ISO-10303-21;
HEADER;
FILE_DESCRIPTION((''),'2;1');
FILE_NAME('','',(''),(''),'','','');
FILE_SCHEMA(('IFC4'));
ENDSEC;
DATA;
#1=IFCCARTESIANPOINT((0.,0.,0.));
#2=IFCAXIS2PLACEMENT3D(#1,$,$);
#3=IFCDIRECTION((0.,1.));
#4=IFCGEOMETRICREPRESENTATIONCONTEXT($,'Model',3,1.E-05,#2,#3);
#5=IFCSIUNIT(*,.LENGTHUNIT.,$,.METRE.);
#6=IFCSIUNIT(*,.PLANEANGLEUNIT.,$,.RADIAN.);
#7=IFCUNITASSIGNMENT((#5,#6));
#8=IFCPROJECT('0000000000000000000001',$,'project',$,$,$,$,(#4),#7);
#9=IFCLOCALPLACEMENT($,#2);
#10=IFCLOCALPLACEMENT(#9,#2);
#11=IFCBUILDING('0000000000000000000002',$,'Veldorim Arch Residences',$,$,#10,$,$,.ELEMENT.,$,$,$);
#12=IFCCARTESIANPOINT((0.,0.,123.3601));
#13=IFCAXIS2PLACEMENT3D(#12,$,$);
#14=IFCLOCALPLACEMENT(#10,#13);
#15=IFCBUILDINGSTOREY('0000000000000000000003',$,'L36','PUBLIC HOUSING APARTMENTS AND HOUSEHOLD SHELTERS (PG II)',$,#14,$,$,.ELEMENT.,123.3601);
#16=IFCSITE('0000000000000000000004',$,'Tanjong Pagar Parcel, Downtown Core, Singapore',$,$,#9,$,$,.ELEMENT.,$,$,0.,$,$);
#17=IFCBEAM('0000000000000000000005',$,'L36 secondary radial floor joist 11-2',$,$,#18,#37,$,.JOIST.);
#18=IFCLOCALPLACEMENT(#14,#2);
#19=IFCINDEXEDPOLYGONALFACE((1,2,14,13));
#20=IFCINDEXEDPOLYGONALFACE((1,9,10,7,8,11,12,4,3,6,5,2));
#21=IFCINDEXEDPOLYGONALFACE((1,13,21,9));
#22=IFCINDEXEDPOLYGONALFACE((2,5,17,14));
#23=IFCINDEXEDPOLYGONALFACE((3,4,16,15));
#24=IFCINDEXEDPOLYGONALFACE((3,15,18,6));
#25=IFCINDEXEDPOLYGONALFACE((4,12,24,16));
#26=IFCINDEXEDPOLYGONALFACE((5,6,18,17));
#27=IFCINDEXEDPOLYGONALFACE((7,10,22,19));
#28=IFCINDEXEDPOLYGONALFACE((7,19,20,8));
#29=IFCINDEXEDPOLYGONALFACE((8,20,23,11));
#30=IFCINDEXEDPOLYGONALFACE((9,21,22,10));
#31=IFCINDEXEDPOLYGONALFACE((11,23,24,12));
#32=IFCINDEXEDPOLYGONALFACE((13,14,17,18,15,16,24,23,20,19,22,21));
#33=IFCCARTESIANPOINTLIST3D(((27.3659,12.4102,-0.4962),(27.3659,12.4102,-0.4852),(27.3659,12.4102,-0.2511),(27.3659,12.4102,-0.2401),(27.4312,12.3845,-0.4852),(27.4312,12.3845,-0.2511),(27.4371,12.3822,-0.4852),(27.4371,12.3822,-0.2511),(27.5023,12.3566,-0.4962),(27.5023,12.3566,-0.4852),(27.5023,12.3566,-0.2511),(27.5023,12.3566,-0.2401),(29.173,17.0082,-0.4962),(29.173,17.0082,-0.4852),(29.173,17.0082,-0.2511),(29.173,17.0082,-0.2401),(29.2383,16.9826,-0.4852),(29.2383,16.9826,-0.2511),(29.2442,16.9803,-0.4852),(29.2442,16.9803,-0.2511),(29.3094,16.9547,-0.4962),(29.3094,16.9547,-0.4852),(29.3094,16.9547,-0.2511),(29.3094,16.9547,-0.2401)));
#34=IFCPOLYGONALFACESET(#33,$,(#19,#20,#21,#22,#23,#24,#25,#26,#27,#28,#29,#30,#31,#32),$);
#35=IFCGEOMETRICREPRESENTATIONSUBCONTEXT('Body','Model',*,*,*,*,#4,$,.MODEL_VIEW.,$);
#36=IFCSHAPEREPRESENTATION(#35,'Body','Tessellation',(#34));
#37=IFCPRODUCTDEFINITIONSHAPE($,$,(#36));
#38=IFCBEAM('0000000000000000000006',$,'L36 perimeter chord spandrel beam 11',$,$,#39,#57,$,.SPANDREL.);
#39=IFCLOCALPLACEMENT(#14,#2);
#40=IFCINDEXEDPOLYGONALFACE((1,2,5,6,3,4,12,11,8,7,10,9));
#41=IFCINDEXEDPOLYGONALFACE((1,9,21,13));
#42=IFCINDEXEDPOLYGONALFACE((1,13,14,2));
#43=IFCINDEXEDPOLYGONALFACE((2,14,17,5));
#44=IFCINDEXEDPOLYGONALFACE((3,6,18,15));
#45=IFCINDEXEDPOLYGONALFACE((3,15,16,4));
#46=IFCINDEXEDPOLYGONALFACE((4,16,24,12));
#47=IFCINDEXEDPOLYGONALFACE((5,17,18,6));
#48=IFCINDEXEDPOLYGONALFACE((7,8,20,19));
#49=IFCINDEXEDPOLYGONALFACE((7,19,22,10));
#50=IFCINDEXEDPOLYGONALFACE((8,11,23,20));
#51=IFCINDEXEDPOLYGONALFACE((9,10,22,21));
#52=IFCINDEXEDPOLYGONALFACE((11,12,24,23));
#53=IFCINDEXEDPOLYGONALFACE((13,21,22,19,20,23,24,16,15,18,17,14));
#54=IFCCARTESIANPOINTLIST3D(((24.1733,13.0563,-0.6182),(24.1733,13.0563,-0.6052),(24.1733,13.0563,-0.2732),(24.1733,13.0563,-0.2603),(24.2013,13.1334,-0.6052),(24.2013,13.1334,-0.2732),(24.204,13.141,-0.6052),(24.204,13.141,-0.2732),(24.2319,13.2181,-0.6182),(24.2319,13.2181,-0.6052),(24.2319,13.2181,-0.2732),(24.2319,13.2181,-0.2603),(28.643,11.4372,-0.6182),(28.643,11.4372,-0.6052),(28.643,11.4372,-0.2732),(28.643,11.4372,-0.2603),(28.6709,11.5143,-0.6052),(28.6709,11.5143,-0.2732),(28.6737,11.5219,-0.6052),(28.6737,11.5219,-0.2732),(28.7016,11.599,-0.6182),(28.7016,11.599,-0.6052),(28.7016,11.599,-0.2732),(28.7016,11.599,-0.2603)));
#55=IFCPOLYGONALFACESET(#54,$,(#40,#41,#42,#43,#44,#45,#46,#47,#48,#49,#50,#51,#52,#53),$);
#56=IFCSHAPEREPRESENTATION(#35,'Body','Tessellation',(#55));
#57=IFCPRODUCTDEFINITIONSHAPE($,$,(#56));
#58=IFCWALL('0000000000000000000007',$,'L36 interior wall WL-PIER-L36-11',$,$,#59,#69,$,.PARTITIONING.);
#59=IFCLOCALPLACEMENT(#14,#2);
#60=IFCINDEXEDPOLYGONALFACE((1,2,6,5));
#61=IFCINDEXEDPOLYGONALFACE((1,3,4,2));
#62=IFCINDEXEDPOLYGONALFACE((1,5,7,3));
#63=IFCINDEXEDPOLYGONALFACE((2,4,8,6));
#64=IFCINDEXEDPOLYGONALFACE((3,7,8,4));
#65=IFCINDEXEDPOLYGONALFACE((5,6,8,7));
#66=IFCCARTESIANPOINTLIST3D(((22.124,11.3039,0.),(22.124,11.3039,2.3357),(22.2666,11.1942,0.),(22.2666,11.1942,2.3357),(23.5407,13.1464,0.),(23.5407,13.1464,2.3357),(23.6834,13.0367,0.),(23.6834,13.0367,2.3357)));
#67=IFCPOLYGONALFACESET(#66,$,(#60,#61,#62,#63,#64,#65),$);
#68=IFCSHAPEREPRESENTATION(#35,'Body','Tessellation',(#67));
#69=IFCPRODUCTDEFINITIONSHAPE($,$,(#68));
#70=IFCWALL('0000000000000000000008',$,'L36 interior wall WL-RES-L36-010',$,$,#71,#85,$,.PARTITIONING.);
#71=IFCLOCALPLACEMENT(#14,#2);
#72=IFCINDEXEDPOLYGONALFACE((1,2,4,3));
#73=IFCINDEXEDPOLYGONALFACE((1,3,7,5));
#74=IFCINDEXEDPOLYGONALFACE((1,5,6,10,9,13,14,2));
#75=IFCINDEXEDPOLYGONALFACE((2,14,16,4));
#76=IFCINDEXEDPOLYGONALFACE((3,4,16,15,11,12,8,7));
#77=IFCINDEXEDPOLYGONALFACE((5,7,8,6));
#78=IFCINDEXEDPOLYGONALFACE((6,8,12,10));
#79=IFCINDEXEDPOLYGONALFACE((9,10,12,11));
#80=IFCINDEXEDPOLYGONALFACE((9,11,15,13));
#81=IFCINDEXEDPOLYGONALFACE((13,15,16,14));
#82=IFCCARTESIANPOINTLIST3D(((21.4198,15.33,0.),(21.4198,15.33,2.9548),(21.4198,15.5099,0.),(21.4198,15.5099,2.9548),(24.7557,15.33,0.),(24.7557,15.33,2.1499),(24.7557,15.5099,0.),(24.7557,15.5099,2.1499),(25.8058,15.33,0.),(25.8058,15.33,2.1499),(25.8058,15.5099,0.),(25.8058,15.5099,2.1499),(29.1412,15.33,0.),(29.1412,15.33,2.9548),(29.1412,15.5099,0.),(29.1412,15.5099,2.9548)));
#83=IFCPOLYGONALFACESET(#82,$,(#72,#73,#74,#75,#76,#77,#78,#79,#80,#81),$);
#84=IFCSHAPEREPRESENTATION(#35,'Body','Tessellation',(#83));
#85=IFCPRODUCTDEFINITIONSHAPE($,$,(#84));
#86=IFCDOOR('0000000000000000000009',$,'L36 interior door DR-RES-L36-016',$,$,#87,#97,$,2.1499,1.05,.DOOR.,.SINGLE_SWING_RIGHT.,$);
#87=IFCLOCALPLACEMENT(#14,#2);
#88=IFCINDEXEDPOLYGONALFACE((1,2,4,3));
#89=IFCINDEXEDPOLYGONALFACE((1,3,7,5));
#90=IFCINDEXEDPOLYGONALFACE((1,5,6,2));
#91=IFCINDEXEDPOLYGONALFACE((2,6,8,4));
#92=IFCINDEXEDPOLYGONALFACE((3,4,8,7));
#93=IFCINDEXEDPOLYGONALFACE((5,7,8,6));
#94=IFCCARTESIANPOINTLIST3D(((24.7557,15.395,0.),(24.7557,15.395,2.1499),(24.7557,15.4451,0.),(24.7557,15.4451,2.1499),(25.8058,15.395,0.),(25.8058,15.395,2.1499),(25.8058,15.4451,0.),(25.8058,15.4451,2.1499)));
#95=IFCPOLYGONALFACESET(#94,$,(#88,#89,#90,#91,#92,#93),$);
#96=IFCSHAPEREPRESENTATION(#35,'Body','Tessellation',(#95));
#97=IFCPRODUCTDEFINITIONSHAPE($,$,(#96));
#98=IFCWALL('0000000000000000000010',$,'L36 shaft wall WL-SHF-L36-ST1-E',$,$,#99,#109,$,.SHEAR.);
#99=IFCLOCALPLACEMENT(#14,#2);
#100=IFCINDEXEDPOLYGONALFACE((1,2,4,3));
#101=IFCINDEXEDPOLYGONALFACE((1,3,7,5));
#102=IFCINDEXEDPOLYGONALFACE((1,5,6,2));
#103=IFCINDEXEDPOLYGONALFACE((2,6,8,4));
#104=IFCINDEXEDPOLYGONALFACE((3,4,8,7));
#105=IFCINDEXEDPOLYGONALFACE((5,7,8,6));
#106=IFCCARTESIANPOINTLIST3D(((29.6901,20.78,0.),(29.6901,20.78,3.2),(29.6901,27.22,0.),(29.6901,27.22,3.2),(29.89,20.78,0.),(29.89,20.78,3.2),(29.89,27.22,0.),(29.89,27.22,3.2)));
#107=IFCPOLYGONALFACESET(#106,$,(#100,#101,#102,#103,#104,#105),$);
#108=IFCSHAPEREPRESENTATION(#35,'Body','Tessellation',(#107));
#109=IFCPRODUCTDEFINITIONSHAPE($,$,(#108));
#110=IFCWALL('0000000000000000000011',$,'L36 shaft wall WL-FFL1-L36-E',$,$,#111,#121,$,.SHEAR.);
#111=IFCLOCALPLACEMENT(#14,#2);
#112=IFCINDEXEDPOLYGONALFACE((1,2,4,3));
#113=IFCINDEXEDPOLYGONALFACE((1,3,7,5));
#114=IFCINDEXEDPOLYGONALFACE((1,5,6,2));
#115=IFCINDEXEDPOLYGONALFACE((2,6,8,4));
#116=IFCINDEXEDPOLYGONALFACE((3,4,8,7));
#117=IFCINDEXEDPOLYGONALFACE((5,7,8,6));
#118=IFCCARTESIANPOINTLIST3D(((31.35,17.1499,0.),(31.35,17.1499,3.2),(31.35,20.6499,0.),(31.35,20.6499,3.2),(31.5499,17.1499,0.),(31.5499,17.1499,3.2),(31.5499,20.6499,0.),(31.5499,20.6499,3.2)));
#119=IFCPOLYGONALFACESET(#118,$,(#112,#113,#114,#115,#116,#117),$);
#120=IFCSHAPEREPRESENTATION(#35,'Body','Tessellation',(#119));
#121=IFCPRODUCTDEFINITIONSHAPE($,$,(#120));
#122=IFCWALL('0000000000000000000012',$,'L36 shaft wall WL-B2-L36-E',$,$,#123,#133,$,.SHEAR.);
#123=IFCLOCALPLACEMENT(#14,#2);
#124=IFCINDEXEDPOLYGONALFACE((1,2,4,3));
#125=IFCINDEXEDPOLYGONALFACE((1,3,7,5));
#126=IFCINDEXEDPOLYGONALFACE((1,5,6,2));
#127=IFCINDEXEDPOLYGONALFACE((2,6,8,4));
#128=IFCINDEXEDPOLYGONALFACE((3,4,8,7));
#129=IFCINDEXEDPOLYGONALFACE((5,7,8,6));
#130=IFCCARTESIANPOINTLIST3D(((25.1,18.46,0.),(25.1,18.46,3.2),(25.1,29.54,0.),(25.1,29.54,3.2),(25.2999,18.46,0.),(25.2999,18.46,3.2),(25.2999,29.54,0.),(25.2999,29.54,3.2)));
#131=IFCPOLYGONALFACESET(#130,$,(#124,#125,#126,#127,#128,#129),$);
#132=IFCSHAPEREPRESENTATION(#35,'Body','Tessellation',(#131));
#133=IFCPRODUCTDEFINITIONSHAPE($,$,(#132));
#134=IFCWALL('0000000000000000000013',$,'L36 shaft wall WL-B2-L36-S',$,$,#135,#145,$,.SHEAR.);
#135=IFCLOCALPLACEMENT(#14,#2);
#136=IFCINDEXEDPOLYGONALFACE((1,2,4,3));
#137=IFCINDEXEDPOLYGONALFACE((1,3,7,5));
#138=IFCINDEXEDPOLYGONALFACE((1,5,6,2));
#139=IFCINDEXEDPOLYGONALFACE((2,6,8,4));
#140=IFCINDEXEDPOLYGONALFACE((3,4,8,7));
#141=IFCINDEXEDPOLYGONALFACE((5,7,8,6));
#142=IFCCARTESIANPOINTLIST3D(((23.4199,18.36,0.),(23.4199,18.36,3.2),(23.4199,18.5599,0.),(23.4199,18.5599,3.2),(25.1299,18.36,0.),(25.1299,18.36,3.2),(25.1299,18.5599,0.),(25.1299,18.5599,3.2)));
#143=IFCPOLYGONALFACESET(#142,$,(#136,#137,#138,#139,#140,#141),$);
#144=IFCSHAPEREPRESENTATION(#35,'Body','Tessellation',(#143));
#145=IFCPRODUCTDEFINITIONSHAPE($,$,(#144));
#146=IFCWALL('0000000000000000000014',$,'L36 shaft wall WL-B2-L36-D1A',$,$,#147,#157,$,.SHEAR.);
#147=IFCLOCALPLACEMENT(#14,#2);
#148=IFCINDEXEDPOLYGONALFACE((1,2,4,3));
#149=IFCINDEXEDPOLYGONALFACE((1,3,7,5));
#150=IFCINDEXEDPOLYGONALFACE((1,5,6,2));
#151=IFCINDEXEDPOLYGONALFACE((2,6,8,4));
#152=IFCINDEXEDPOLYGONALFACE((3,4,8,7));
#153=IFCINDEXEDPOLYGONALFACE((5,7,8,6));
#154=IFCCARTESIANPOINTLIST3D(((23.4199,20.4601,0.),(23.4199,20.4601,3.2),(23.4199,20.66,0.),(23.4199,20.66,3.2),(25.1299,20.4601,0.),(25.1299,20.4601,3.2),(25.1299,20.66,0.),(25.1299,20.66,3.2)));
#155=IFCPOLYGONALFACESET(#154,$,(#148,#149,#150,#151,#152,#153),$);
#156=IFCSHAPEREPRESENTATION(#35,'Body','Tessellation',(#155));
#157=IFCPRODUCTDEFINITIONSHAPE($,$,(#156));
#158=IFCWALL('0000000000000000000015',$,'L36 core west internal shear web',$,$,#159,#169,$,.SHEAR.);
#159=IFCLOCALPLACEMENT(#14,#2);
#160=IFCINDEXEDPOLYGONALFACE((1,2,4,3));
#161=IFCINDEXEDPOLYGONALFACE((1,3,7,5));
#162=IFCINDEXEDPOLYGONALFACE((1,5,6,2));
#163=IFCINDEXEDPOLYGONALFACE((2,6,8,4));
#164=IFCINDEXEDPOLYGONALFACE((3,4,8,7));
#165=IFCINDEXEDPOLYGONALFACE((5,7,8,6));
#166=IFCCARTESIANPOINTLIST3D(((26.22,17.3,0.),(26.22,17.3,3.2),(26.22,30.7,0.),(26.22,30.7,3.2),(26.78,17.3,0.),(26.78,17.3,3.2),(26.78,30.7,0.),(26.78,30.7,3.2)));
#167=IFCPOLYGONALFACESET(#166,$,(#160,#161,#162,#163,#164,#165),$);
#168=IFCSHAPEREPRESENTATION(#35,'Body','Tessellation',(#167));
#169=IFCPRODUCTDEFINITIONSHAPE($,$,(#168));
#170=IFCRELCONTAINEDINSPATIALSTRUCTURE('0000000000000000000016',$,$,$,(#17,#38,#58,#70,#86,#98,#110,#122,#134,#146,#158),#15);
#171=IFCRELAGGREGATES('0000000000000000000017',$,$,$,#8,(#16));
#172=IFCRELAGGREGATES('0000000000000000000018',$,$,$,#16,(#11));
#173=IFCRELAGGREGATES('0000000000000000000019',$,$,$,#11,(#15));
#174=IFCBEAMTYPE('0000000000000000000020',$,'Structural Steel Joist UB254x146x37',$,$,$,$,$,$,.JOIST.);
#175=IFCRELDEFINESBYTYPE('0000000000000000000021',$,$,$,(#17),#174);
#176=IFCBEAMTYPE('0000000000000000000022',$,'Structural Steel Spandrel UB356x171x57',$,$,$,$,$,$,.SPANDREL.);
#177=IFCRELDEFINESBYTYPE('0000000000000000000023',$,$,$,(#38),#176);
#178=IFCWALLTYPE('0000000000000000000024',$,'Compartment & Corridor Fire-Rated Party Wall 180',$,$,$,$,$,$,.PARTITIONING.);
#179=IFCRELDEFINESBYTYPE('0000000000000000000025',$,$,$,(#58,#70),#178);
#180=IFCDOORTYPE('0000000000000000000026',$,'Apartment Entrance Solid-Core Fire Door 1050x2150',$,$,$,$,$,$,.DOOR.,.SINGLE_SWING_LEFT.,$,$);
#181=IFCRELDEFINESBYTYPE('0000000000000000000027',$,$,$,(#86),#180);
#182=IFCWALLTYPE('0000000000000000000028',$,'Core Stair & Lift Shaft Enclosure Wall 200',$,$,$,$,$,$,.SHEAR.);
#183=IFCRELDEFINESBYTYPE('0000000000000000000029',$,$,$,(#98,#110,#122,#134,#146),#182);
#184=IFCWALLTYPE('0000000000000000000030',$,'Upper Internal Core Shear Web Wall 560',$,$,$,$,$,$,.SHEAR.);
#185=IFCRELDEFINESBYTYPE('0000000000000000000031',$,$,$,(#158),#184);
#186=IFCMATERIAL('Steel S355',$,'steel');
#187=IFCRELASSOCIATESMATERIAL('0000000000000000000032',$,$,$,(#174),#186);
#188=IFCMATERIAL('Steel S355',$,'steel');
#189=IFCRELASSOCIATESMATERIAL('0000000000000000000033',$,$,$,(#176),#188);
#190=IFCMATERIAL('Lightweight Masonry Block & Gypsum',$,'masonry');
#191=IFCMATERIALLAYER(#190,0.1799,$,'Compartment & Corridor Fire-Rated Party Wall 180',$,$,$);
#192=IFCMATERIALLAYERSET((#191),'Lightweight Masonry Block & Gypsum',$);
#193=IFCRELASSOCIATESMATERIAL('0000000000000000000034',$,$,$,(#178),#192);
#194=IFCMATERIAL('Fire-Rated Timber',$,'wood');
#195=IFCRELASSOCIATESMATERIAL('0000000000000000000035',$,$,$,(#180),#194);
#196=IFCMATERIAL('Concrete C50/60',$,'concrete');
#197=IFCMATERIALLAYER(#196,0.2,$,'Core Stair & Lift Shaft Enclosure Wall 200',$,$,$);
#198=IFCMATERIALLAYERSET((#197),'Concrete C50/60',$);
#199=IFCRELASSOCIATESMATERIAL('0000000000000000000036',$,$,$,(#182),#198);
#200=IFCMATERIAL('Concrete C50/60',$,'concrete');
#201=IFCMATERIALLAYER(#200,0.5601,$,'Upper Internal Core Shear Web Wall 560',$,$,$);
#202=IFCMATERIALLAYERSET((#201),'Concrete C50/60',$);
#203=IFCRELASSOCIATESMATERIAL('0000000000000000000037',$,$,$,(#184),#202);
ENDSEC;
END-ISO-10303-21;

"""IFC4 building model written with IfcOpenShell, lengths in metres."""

from ifc_helpers import new_model, si_unit, direction, frame, frame_2d, origin, origin_2d, place, context, subcontext, project, spatial, rectangle, i_section, extrude, material, layer, layer_set, material_profile, profile_set, type_object, element, fill, save


model = new_model("IFC4")

# Units and contexts
model_context = context("Model", 3, precision=1e-05, world=origin(), true_north=direction((0.0, 1.0)))
body_context = subcontext(model_context, "Body", "Model", "MODEL_VIEW")
ifc_project = project(units=[si_unit("LENGTHUNIT", "METRE"), si_unit("PLANEANGLEUNIT", "RADIAN")], contexts=[model_context])

# Site, building, storey
site_placement = place(None, origin())
site = spatial("IfcSite", under=ifc_project, at=site_placement, Name="Tanjong Pagar Parcel, Downtown Core, Singapore", CompositionType="ELEMENT", RefElevation=0.0)
building_placement = place(site_placement, origin())
building = spatial("IfcBuilding", under=site, at=building_placement, Name="Veldorim Arch Residences", CompositionType="ELEMENT")
storey_placement = place(building_placement, frame((0.0, 0.0, 123.3601)))
storey = spatial("IfcBuildingStorey", under=building, at=storey_placement, Name="L36", Description="PUBLIC HOUSING APARTMENTS AND HOUSEHOLD SHELTERS (PG II)", CompositionType="ELEMENT", Elevation=123.3601)

# Beams
ifc_material_1 = material(Name="Steel S355", Category="steel")
ifc_material_profile_1 = material_profile(ifc_material_1, i_section(OverallWidth=0.1465, OverallDepth=0.2561, WebThickness=0.0063, FlangeThickness=0.011, at=origin_2d()), Name="UB254x146x37")
ifc_profile_set_1 = profile_set([ifc_material_profile_1], Name="Steel S355")
beam_type_1 = type_object("IfcBeamType", Name="Structural Steel Joist UB254x146x37", PredefinedType="JOIST", material=ifc_profile_set_1)
beam_1_placement = place(storey_placement, frame((29.2412, 16.9814, -0.3682), z_axis=(-0.365778, -0.930702, 0.0), x_axis=(0.930702, -0.365778, 0.0)))
element("IfcBeam", 1, at=beam_1_placement, inside=storey, type_object=beam_type_1, Name="L36 secondary radial floor joist 11-2", PredefinedType="JOIST", context=body_context, shape_type="SweptSolid", body=[
    extrude(i_section(OverallWidth=0.1465, OverallDepth=0.2561, WebThickness=0.0063, FlangeThickness=0.011, at=origin_2d()), origin(), (0.0, 0.0, 1.0), 4.9404),
])
ifc_material_2 = material(Name="Steel S355", Category="steel")
ifc_material_profile_2 = material_profile(ifc_material_2, i_section(OverallWidth=0.1721, OverallDepth=0.3579, WebThickness=0.0081, FlangeThickness=0.0129, at=origin_2d()), Name="UB356x171x57")
ifc_profile_set_2 = profile_set([ifc_material_profile_2], Name="Steel S355")
beam_type_2 = type_object("IfcBeamType", Name="Structural Steel Spandrel UB356x171x57", PredefinedType="SPANDREL", material=ifc_profile_set_2)
beam_2_placement = place(storey_placement, frame((24.2026, 13.1372, -0.4392), z_axis=(0.940213, -0.340588, 0.0), x_axis=(0.340588, 0.940213, 0.0)))
element("IfcBeam", 2, at=beam_2_placement, inside=storey, type_object=beam_type_2, Name="L36 perimeter chord spandrel beam 11", PredefinedType="SPANDREL", context=body_context, shape_type="SweptSolid", body=[
    extrude(i_section(OverallWidth=0.1721, OverallDepth=0.3579, WebThickness=0.0081, FlangeThickness=0.0129, at=origin_2d()), origin(), (0.0, 0.0, 1.0), 4.7539),
])

# Wall
ifc_material_3 = material(Name="Lightweight Masonry Block & Gypsum", Category="masonry")
ifc_layer_1 = layer(ifc_material_3, 0.1799, Name="Compartment & Corridor Fire-Rated Party Wall 180")
ifc_layer_set_1 = layer_set([ifc_layer_1], Name="Lightweight Masonry Block & Gypsum")
wall_type_1 = type_object("IfcWallType", Name="Compartment & Corridor Fire-Rated Party Wall 180", PredefinedType="PARTITIONING", material=ifc_layer_set_1)
wall_1_placement = place(storey_placement, frame((23.6121, 13.0916, 0.0), z_axis=(0.0, 0.0, 1.0), x_axis=(-0.609553, -0.792745, 0.0)))
element("IfcWall", 3, at=wall_1_placement, inside=storey, type_object=wall_type_1, Name="L36 interior wall WL-PIER-L36-11", PredefinedType="PARTITIONING", context=body_context, shape_type="SweptSolid", body=[
    extrude(rectangle(XDim=2.3242, YDim=0.1799, at=frame_2d((1.1621, 0.0))), origin(), (0.0, 0.0, 1.0), 2.3357),
])

# Wall, opening, door
wall_2_placement = place(storey_placement, frame((29.1414, 15.4199, 0.0), z_axis=(0.0, 0.0, 1.0), x_axis=(-1.0, 0.0, 0.0)))
wall_2 = element("IfcWall", 4, at=wall_2_placement, inside=storey, type_object=wall_type_1, Name="L36 interior wall WL-RES-L36-010", PredefinedType="PARTITIONING", context=body_context, shape_type="SweptSolid", body=[
    extrude(rectangle(XDim=7.7214, YDim=0.1799, at=frame_2d((3.8608, 0.0))), origin(), (0.0, 0.0, 1.0), 2.9548),
])
opening_1_placement = place(wall_2_placement, frame((3.3357, 0.0, 0.0)))
opening_1 = element("IfcOpeningElement", 5, at=opening_1_placement, cuts=wall_2, PredefinedType="OPENING", context=body_context, shape_type="SweptSolid", body=[
    extrude(rectangle(XDim=1.05, YDim=2.1499, at=frame_2d((0.5249, 1.075))), frame((0.0, 0.0999, 0.0), z_axis=(0.0, -1.0, 0.0), x_axis=(1.0, 0.0, 0.0)), (0.0, 0.0, 1.0), 0.2),
])
ifc_material_4 = material(Name="Fire-Rated Timber", Category="wood")
door_type_1 = type_object("IfcDoorType", Name="Apartment Entrance Solid-Core Fire Door 1050x2150", OperationType="SINGLE_SWING_LEFT", PredefinedType="DOOR", material=ifc_material_4)
door_1_placement = place(opening_1_placement, origin())
door_1 = element("IfcDoor", 6, at=door_1_placement, inside=storey, type_object=door_type_1, Name="L36 interior door DR-RES-L36-016", OperationType="SINGLE_SWING_RIGHT", OverallHeight=2.1499, OverallWidth=1.05, PredefinedType="DOOR", context=body_context, shape_type="SweptSolid", body=[
    extrude(rectangle(XDim=1.05, YDim=2.1499, at=frame_2d((0.5249, 1.075))), frame((0.0, 0.0249, 0.0), z_axis=(0.0, -1.0, 0.0), x_axis=(1.0, 0.0, 0.0)), (0.0, 0.0, 1.0), 0.05),
])
fill(opening_1, door_1)

# Wall
ifc_material_5 = material(Name="Concrete C50/60", Category="concrete")
ifc_layer_2 = layer(ifc_material_5, 0.2, Name="Core Stair & Lift Shaft Enclosure Wall 200")
ifc_layer_set_2 = layer_set([ifc_layer_2], Name="Concrete C50/60")
wall_type_2 = type_object("IfcWallType", Name="Core Stair & Lift Shaft Enclosure Wall 200", PredefinedType="SHEAR", material=ifc_layer_set_2)
wall_3_placement = place(storey_placement, frame((29.79, 20.78, 0.0), z_axis=(0.0, 0.0, 1.0), x_axis=(0.0, 1.0, 0.0)))
element("IfcWall", 7, at=wall_3_placement, inside=storey, type_object=wall_type_2, Name="L36 shaft wall WL-SHF-L36-ST1-E", PredefinedType="SHEAR", context=body_context, shape_type="SweptSolid", body=[
    extrude(rectangle(XDim=6.4399, YDim=0.2, at=frame_2d((3.22, 0.0))), origin(), (0.0, 0.0, 1.0), 3.2),
])

# Wall
wall_4_placement = place(storey_placement, frame((31.45, 17.1499, 0.0), z_axis=(0.0, 0.0, 1.0), x_axis=(0.0, 1.0, 0.0)))
element("IfcWall", 8, at=wall_4_placement, inside=storey, type_object=wall_type_2, Name="L36 shaft wall WL-FFL1-L36-E", PredefinedType="SHEAR", context=body_context, shape_type="SweptSolid", body=[
    extrude(rectangle(XDim=3.5, YDim=0.2, at=frame_2d((1.75, 0.0))), origin(), (0.0, 0.0, 1.0), 3.2),
])

# Walls
wall_5_placement = place(storey_placement, frame((25.2, 18.46, 0.0), z_axis=(0.0, 0.0, 1.0), x_axis=(0.0, 1.0, 0.0)))
element("IfcWall", 9, at=wall_5_placement, inside=storey, type_object=wall_type_2, Name="L36 shaft wall WL-B2-L36-E", PredefinedType="SHEAR", context=body_context, shape_type="SweptSolid", body=[
    extrude(rectangle(XDim=11.0801, YDim=0.2, at=frame_2d((5.54, 0.0))), origin(), (0.0, 0.0, 1.0), 3.2),
])
for number, where, z_axis, x_axis, name in (
    (10, (23.4199, 18.46, 0.0), (0.0, 0.0, 1.0), (1.0, 0.0, 0.0), "L36 shaft wall WL-B2-L36-S"),
    (11, (23.4199, 20.5601, 0.0), (0.0, 0.0, 1.0), (1.0, 0.0, 0.0), "L36 shaft wall WL-B2-L36-D1A"),
):
    element("IfcWall", number, at=place(storey_placement, frame(where, z_axis=z_axis, x_axis=x_axis)), inside=storey, type_object=wall_type_2, Name=name, PredefinedType="SHEAR", context=body_context, shape_type="SweptSolid", body=[
        extrude(rectangle(XDim=1.71, YDim=0.2, at=frame_2d((0.855, 0.0))), origin(), (0.0, 0.0, 1.0), 3.2),
    ])
ifc_material_6 = material(Name="Concrete C50/60", Category="concrete")
ifc_layer_3 = layer(ifc_material_6, 0.5601, Name="Upper Internal Core Shear Web Wall 560")
ifc_layer_set_3 = layer_set([ifc_layer_3], Name="Concrete C50/60")
wall_type_3 = type_object("IfcWallType", Name="Upper Internal Core Shear Web Wall 560", PredefinedType="SHEAR", material=ifc_layer_set_3)
wall_6_placement = place(storey_placement, frame((26.5, 17.3, 0.0), z_axis=(0.0, 0.0, 1.0), x_axis=(0.0, 1.0, 0.0)))
element("IfcWall", 12, at=wall_6_placement, inside=storey, type_object=wall_type_3, Name="L36 core west internal shear web", PredefinedType="SHEAR", context=body_context, shape_type="SweptSolid", body=[
    extrude(rectangle(XDim=13.3999, YDim=0.5601, at=frame_2d((6.7, 0.0))), origin(), (0.0, 0.0, 1.0), 3.2),
])

save(model, "model.ifc")
